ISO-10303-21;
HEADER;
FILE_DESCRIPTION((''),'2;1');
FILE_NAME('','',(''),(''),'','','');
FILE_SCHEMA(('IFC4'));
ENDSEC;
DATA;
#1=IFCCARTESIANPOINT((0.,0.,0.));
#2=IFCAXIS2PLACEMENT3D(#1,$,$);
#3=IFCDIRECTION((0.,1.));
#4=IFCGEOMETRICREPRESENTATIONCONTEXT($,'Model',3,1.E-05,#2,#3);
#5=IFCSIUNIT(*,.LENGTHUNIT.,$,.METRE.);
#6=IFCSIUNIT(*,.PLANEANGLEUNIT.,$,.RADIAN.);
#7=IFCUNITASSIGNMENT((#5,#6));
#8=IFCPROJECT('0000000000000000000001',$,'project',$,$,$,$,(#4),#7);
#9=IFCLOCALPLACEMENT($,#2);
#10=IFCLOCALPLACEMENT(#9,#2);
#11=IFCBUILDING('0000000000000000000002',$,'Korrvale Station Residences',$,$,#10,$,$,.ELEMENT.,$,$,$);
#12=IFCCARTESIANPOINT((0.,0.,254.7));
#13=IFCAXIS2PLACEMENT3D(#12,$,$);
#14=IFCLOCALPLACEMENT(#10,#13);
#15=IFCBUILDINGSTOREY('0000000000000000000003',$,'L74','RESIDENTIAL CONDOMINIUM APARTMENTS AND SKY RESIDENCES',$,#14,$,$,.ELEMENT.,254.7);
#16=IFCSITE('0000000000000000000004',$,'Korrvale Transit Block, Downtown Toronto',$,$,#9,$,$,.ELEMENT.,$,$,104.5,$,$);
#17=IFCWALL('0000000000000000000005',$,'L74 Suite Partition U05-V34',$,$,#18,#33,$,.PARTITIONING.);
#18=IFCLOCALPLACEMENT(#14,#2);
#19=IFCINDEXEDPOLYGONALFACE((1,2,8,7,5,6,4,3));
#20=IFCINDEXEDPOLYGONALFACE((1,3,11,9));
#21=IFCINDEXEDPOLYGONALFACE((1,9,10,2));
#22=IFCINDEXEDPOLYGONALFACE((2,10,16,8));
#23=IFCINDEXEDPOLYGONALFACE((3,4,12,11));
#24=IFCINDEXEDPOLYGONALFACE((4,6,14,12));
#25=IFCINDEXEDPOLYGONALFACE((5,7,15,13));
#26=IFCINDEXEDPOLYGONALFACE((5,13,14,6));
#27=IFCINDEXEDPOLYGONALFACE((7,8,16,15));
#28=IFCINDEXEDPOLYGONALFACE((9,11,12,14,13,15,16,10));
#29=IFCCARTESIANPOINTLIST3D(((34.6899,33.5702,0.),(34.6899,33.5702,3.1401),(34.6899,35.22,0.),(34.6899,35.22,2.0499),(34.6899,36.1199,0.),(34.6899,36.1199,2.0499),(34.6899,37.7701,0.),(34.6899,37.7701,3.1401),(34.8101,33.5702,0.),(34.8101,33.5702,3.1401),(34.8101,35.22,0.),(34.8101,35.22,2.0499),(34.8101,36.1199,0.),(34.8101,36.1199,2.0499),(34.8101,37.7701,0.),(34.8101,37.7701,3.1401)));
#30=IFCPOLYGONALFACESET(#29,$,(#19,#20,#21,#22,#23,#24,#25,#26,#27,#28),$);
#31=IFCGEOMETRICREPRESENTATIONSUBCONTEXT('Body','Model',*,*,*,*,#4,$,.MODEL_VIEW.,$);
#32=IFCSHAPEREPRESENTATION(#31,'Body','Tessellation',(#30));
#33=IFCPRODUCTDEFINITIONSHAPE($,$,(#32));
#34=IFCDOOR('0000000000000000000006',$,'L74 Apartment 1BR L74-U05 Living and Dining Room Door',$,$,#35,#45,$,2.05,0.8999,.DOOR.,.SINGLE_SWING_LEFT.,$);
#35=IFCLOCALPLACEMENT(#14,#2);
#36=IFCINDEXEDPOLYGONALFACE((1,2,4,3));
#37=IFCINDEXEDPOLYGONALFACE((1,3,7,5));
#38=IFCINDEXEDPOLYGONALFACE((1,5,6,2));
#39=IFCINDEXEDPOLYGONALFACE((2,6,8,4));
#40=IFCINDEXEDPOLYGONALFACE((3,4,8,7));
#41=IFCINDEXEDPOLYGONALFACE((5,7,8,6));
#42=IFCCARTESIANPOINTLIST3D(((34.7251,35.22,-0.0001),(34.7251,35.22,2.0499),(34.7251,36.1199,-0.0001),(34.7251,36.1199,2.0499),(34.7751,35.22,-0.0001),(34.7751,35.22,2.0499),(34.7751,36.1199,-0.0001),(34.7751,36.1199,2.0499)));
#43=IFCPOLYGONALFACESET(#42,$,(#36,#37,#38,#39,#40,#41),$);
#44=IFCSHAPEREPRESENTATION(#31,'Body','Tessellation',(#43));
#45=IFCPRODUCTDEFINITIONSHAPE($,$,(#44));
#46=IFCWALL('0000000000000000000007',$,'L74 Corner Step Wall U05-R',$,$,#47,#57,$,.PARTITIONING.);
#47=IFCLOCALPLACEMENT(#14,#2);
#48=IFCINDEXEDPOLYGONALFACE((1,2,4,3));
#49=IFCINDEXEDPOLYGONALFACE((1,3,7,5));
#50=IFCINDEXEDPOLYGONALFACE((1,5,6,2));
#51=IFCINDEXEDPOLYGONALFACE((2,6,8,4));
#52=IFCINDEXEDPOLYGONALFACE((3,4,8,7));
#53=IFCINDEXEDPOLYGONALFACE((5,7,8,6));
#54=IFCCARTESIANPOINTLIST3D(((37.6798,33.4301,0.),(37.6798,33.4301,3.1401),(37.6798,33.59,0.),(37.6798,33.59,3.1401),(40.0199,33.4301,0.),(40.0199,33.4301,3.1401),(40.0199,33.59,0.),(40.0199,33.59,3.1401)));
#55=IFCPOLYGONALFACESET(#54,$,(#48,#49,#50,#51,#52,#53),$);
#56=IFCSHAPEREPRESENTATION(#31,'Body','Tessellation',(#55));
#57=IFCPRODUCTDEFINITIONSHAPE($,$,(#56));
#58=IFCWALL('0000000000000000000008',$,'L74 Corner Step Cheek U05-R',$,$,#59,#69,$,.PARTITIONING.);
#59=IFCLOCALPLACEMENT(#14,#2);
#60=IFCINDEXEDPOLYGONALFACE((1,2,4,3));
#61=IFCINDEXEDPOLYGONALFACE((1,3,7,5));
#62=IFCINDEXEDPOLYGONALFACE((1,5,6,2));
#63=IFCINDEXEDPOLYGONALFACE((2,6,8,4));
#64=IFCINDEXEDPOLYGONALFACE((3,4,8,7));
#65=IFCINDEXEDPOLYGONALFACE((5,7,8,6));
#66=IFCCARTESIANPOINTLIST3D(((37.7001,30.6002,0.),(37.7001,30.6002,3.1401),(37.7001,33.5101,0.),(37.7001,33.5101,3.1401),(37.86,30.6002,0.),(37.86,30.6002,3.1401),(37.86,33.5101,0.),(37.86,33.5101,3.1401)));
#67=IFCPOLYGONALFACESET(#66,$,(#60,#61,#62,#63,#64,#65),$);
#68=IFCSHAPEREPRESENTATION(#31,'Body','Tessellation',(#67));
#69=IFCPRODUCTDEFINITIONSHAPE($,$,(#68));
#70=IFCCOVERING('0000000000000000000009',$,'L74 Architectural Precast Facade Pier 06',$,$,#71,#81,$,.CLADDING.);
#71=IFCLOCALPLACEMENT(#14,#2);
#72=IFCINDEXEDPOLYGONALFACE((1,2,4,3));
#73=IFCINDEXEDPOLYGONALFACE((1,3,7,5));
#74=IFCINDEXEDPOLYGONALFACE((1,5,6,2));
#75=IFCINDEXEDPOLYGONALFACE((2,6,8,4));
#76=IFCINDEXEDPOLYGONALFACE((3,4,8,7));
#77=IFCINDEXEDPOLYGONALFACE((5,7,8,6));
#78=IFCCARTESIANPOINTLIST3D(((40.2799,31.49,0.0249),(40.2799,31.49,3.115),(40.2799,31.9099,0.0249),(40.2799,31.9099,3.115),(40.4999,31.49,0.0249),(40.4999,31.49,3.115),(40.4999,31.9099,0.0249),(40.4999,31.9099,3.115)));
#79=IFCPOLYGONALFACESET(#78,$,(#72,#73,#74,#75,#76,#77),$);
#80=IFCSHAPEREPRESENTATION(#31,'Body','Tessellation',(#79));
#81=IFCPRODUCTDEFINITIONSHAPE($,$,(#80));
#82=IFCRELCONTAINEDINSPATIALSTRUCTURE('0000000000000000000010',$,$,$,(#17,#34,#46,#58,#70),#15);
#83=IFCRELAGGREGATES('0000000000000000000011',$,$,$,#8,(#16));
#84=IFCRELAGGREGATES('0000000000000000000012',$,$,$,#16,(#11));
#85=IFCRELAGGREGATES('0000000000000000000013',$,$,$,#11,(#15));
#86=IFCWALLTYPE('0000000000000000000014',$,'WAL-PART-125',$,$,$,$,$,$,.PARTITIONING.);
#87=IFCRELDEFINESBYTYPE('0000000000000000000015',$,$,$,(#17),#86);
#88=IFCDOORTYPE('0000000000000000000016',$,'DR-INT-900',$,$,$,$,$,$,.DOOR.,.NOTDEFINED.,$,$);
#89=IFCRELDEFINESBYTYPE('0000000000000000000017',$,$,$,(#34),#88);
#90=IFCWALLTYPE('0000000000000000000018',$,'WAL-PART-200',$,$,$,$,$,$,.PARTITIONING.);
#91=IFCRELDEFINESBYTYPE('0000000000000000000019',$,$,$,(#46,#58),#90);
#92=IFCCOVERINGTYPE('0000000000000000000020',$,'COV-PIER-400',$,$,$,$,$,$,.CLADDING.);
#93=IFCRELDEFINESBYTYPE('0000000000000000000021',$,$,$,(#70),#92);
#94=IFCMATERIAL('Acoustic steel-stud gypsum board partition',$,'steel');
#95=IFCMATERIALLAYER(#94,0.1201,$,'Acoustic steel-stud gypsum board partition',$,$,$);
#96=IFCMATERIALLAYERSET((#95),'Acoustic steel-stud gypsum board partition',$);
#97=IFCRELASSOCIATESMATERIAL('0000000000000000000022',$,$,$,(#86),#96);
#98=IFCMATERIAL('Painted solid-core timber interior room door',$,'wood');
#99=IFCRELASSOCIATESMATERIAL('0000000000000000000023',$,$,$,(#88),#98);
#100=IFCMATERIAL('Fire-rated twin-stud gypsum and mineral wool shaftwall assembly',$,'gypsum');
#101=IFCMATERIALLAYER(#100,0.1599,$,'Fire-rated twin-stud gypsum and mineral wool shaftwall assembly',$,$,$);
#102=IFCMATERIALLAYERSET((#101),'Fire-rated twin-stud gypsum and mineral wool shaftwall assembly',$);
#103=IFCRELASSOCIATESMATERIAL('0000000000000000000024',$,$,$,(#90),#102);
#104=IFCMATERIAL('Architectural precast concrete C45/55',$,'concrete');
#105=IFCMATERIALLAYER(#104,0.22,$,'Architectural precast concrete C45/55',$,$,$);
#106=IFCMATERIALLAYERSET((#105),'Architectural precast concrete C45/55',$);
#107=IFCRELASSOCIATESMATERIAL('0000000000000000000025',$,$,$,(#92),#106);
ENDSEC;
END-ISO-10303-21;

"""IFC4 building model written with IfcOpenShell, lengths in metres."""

from ifc_helpers import new_model, si_unit, direction, frame, frame_2d, origin, origin_2d, place, context, subcontext, project, spatial, rectangle, extrude, material, layer, layer_set, type_object, element, fill, save


model = new_model("IFC4")

# Units and contexts
model_context = context("Model", 3, precision=1e-05, world=origin(), true_north=direction((0.0, 1.0)))
body_context = subcontext(model_context, "Body", "Model", "MODEL_VIEW")
ifc_project = project(units=[si_unit("LENGTHUNIT", "METRE"), si_unit("PLANEANGLEUNIT", "RADIAN")], contexts=[model_context])

# Site, building, storey
site_placement = place(None, origin())
site = spatial("IfcSite", under=ifc_project, at=site_placement, Name="Korrvale Transit Block, Downtown Toronto", CompositionType="ELEMENT", RefElevation=104.5)
building_placement = place(site_placement, origin())
building = spatial("IfcBuilding", under=site, at=building_placement, Name="Korrvale Station Residences", CompositionType="ELEMENT")
storey_placement = place(building_placement, frame((0.0, 0.0, 254.7)))
storey = spatial("IfcBuildingStorey", under=building, at=storey_placement, Name="L74", Description="RESIDENTIAL CONDOMINIUM APARTMENTS AND SKY RESIDENCES", CompositionType="ELEMENT", Elevation=254.7)

# Wall, opening, door
ifc_material_1 = material(Name="Acoustic steel-stud gypsum board partition", Category="steel")
ifc_layer_1 = layer(ifc_material_1, 0.1201, Name="Acoustic steel-stud gypsum board partition")
ifc_layer_set_1 = layer_set([ifc_layer_1], Name="Acoustic steel-stud gypsum board partition")
wall_type_1 = type_object("IfcWallType", Name="WAL-PART-125", PredefinedType="PARTITIONING", material=ifc_layer_set_1)
ifc_material_2 = material(Name="Painted solid-core timber interior room door", Category="wood")
door_type = type_object("IfcDoorType", Name="DR-INT-900", OperationType="NOTDEFINED", PredefinedType="DOOR", material=ifc_material_2)
wall_1_placement = place(storey_placement, frame((34.75, 33.5701, 0.0), z_axis=(0.0, 0.0, 1.0), x_axis=(0.0, 1.0, 0.0)))
wall_1 = element("IfcWall", 1, at=wall_1_placement, inside=storey, type_object=wall_type_1, Name="L74 Suite Partition U05-V34", PredefinedType="PARTITIONING", context=body_context, shape_type="SweptSolid", body=[
    extrude(rectangle(XDim=4.2, YDim=0.1201, at=frame_2d((2.1001, 0.0))), origin(), (0.0, 0.0, 1.0), 3.1401),
])
opening_1_placement = place(wall_1_placement, frame((1.6499, 0.0, 0.0)))
opening_1 = element("IfcOpeningElement", 2, at=opening_1_placement, cuts=wall_1, PredefinedType="OPENING", context=body_context, shape_type="SweptSolid", body=[
    extrude(rectangle(XDim=0.8999, YDim=2.05, at=frame_2d((0.45, 1.0249))), frame((0.0, 0.0701, 0.0), z_axis=(0.0, -1.0, 0.0), x_axis=(1.0, 0.0, 0.0)), (0.0, 0.0, 1.0), 0.1401),
])
door_1_placement = place(opening_1_placement, origin())
door_1 = element("IfcDoor", 3, at=door_1_placement, inside=storey, type_object=door_type, Name="L74 Apartment 1BR L74-U05 Living and Dining Room Door", OperationType="SINGLE_SWING_LEFT", OverallHeight=2.05, OverallWidth=0.8999, PredefinedType="DOOR", context=body_context, shape_type="SweptSolid", body=[
    extrude(rectangle(XDim=0.8999, YDim=2.05, at=frame_2d((0.45, 1.0249))), frame((0.0, 0.0249, 0.0), z_axis=(0.0, -1.0, 0.0), x_axis=(1.0, 0.0, 0.0)), (0.0, 0.0, 1.0), 0.05),
])
fill(opening_1, door_1)

# Walls
ifc_material_3 = material(Name="Fire-rated twin-stud gypsum and mineral wool shaftwall assembly", Category="gypsum")
ifc_layer_2 = layer(ifc_material_3, 0.1599, Name="Fire-rated twin-stud gypsum and mineral wool shaftwall assembly")
ifc_layer_set_2 = layer_set([ifc_layer_2], Name="Fire-rated twin-stud gypsum and mineral wool shaftwall assembly")
wall_type_2 = type_object("IfcWallType", Name="WAL-PART-200", PredefinedType="PARTITIONING", material=ifc_layer_set_2)
wall_2_placement = place(storey_placement, frame((37.6799, 33.51, 0.0), z_axis=(0.0, 0.0, 1.0), x_axis=(1.0, 0.0, 0.0)))
element("IfcWall", 4, at=wall_2_placement, inside=storey, type_object=wall_type_2, Name="L74 Corner Step Wall U05-R", PredefinedType="PARTITIONING", context=body_context, shape_type="SweptSolid", body=[
    extrude(rectangle(XDim=2.3401, YDim=0.1599, at=frame_2d((1.1699, 0.0))), origin(), (0.0, 0.0, 1.0), 3.1401),
])
wall_3_placement = place(storey_placement, frame((37.78, 30.6001, 0.0), z_axis=(0.0, 0.0, 1.0), x_axis=(0.0, 1.0, 0.0)))
element("IfcWall", 5, at=wall_3_placement, inside=storey, type_object=wall_type_2, Name="L74 Corner Step Cheek U05-R", PredefinedType="PARTITIONING", context=body_context, shape_type="SweptSolid", body=[
    extrude(rectangle(XDim=2.9099, YDim=0.1599, at=frame_2d((1.4551, 0.0))), origin(), (0.0, 0.0, 1.0), 3.1401),
])

# Covering
ifc_material_4 = material(Name="Architectural precast concrete C45/55", Category="concrete")
ifc_layer_3 = layer(ifc_material_4, 0.22, Name="Architectural precast concrete C45/55")
ifc_layer_set_3 = layer_set([ifc_layer_3], Name="Architectural precast concrete C45/55")
covering_type = type_object("IfcCoveringType", Name="COV-PIER-400", PredefinedType="CLADDING", material=ifc_layer_set_3)
covering_placement = place(storey_placement, frame((40.3899, 31.7, 0.0249), z_axis=(0.0, 0.0, 1.0), x_axis=(0.0, 1.0, 0.0)))
element("IfcCovering", 6, at=covering_placement, inside=storey, type_object=covering_type, Name="L74 Architectural Precast Facade Pier 06", PredefinedType="CLADDING", context=body_context, shape_type="SweptSolid", body=[
    extrude(rectangle(XDim=0.4199, YDim=0.22, at=origin_2d()), origin(), (0.0, 0.0, 1.0), 3.0901),
])

save(model, "model.ifc")
